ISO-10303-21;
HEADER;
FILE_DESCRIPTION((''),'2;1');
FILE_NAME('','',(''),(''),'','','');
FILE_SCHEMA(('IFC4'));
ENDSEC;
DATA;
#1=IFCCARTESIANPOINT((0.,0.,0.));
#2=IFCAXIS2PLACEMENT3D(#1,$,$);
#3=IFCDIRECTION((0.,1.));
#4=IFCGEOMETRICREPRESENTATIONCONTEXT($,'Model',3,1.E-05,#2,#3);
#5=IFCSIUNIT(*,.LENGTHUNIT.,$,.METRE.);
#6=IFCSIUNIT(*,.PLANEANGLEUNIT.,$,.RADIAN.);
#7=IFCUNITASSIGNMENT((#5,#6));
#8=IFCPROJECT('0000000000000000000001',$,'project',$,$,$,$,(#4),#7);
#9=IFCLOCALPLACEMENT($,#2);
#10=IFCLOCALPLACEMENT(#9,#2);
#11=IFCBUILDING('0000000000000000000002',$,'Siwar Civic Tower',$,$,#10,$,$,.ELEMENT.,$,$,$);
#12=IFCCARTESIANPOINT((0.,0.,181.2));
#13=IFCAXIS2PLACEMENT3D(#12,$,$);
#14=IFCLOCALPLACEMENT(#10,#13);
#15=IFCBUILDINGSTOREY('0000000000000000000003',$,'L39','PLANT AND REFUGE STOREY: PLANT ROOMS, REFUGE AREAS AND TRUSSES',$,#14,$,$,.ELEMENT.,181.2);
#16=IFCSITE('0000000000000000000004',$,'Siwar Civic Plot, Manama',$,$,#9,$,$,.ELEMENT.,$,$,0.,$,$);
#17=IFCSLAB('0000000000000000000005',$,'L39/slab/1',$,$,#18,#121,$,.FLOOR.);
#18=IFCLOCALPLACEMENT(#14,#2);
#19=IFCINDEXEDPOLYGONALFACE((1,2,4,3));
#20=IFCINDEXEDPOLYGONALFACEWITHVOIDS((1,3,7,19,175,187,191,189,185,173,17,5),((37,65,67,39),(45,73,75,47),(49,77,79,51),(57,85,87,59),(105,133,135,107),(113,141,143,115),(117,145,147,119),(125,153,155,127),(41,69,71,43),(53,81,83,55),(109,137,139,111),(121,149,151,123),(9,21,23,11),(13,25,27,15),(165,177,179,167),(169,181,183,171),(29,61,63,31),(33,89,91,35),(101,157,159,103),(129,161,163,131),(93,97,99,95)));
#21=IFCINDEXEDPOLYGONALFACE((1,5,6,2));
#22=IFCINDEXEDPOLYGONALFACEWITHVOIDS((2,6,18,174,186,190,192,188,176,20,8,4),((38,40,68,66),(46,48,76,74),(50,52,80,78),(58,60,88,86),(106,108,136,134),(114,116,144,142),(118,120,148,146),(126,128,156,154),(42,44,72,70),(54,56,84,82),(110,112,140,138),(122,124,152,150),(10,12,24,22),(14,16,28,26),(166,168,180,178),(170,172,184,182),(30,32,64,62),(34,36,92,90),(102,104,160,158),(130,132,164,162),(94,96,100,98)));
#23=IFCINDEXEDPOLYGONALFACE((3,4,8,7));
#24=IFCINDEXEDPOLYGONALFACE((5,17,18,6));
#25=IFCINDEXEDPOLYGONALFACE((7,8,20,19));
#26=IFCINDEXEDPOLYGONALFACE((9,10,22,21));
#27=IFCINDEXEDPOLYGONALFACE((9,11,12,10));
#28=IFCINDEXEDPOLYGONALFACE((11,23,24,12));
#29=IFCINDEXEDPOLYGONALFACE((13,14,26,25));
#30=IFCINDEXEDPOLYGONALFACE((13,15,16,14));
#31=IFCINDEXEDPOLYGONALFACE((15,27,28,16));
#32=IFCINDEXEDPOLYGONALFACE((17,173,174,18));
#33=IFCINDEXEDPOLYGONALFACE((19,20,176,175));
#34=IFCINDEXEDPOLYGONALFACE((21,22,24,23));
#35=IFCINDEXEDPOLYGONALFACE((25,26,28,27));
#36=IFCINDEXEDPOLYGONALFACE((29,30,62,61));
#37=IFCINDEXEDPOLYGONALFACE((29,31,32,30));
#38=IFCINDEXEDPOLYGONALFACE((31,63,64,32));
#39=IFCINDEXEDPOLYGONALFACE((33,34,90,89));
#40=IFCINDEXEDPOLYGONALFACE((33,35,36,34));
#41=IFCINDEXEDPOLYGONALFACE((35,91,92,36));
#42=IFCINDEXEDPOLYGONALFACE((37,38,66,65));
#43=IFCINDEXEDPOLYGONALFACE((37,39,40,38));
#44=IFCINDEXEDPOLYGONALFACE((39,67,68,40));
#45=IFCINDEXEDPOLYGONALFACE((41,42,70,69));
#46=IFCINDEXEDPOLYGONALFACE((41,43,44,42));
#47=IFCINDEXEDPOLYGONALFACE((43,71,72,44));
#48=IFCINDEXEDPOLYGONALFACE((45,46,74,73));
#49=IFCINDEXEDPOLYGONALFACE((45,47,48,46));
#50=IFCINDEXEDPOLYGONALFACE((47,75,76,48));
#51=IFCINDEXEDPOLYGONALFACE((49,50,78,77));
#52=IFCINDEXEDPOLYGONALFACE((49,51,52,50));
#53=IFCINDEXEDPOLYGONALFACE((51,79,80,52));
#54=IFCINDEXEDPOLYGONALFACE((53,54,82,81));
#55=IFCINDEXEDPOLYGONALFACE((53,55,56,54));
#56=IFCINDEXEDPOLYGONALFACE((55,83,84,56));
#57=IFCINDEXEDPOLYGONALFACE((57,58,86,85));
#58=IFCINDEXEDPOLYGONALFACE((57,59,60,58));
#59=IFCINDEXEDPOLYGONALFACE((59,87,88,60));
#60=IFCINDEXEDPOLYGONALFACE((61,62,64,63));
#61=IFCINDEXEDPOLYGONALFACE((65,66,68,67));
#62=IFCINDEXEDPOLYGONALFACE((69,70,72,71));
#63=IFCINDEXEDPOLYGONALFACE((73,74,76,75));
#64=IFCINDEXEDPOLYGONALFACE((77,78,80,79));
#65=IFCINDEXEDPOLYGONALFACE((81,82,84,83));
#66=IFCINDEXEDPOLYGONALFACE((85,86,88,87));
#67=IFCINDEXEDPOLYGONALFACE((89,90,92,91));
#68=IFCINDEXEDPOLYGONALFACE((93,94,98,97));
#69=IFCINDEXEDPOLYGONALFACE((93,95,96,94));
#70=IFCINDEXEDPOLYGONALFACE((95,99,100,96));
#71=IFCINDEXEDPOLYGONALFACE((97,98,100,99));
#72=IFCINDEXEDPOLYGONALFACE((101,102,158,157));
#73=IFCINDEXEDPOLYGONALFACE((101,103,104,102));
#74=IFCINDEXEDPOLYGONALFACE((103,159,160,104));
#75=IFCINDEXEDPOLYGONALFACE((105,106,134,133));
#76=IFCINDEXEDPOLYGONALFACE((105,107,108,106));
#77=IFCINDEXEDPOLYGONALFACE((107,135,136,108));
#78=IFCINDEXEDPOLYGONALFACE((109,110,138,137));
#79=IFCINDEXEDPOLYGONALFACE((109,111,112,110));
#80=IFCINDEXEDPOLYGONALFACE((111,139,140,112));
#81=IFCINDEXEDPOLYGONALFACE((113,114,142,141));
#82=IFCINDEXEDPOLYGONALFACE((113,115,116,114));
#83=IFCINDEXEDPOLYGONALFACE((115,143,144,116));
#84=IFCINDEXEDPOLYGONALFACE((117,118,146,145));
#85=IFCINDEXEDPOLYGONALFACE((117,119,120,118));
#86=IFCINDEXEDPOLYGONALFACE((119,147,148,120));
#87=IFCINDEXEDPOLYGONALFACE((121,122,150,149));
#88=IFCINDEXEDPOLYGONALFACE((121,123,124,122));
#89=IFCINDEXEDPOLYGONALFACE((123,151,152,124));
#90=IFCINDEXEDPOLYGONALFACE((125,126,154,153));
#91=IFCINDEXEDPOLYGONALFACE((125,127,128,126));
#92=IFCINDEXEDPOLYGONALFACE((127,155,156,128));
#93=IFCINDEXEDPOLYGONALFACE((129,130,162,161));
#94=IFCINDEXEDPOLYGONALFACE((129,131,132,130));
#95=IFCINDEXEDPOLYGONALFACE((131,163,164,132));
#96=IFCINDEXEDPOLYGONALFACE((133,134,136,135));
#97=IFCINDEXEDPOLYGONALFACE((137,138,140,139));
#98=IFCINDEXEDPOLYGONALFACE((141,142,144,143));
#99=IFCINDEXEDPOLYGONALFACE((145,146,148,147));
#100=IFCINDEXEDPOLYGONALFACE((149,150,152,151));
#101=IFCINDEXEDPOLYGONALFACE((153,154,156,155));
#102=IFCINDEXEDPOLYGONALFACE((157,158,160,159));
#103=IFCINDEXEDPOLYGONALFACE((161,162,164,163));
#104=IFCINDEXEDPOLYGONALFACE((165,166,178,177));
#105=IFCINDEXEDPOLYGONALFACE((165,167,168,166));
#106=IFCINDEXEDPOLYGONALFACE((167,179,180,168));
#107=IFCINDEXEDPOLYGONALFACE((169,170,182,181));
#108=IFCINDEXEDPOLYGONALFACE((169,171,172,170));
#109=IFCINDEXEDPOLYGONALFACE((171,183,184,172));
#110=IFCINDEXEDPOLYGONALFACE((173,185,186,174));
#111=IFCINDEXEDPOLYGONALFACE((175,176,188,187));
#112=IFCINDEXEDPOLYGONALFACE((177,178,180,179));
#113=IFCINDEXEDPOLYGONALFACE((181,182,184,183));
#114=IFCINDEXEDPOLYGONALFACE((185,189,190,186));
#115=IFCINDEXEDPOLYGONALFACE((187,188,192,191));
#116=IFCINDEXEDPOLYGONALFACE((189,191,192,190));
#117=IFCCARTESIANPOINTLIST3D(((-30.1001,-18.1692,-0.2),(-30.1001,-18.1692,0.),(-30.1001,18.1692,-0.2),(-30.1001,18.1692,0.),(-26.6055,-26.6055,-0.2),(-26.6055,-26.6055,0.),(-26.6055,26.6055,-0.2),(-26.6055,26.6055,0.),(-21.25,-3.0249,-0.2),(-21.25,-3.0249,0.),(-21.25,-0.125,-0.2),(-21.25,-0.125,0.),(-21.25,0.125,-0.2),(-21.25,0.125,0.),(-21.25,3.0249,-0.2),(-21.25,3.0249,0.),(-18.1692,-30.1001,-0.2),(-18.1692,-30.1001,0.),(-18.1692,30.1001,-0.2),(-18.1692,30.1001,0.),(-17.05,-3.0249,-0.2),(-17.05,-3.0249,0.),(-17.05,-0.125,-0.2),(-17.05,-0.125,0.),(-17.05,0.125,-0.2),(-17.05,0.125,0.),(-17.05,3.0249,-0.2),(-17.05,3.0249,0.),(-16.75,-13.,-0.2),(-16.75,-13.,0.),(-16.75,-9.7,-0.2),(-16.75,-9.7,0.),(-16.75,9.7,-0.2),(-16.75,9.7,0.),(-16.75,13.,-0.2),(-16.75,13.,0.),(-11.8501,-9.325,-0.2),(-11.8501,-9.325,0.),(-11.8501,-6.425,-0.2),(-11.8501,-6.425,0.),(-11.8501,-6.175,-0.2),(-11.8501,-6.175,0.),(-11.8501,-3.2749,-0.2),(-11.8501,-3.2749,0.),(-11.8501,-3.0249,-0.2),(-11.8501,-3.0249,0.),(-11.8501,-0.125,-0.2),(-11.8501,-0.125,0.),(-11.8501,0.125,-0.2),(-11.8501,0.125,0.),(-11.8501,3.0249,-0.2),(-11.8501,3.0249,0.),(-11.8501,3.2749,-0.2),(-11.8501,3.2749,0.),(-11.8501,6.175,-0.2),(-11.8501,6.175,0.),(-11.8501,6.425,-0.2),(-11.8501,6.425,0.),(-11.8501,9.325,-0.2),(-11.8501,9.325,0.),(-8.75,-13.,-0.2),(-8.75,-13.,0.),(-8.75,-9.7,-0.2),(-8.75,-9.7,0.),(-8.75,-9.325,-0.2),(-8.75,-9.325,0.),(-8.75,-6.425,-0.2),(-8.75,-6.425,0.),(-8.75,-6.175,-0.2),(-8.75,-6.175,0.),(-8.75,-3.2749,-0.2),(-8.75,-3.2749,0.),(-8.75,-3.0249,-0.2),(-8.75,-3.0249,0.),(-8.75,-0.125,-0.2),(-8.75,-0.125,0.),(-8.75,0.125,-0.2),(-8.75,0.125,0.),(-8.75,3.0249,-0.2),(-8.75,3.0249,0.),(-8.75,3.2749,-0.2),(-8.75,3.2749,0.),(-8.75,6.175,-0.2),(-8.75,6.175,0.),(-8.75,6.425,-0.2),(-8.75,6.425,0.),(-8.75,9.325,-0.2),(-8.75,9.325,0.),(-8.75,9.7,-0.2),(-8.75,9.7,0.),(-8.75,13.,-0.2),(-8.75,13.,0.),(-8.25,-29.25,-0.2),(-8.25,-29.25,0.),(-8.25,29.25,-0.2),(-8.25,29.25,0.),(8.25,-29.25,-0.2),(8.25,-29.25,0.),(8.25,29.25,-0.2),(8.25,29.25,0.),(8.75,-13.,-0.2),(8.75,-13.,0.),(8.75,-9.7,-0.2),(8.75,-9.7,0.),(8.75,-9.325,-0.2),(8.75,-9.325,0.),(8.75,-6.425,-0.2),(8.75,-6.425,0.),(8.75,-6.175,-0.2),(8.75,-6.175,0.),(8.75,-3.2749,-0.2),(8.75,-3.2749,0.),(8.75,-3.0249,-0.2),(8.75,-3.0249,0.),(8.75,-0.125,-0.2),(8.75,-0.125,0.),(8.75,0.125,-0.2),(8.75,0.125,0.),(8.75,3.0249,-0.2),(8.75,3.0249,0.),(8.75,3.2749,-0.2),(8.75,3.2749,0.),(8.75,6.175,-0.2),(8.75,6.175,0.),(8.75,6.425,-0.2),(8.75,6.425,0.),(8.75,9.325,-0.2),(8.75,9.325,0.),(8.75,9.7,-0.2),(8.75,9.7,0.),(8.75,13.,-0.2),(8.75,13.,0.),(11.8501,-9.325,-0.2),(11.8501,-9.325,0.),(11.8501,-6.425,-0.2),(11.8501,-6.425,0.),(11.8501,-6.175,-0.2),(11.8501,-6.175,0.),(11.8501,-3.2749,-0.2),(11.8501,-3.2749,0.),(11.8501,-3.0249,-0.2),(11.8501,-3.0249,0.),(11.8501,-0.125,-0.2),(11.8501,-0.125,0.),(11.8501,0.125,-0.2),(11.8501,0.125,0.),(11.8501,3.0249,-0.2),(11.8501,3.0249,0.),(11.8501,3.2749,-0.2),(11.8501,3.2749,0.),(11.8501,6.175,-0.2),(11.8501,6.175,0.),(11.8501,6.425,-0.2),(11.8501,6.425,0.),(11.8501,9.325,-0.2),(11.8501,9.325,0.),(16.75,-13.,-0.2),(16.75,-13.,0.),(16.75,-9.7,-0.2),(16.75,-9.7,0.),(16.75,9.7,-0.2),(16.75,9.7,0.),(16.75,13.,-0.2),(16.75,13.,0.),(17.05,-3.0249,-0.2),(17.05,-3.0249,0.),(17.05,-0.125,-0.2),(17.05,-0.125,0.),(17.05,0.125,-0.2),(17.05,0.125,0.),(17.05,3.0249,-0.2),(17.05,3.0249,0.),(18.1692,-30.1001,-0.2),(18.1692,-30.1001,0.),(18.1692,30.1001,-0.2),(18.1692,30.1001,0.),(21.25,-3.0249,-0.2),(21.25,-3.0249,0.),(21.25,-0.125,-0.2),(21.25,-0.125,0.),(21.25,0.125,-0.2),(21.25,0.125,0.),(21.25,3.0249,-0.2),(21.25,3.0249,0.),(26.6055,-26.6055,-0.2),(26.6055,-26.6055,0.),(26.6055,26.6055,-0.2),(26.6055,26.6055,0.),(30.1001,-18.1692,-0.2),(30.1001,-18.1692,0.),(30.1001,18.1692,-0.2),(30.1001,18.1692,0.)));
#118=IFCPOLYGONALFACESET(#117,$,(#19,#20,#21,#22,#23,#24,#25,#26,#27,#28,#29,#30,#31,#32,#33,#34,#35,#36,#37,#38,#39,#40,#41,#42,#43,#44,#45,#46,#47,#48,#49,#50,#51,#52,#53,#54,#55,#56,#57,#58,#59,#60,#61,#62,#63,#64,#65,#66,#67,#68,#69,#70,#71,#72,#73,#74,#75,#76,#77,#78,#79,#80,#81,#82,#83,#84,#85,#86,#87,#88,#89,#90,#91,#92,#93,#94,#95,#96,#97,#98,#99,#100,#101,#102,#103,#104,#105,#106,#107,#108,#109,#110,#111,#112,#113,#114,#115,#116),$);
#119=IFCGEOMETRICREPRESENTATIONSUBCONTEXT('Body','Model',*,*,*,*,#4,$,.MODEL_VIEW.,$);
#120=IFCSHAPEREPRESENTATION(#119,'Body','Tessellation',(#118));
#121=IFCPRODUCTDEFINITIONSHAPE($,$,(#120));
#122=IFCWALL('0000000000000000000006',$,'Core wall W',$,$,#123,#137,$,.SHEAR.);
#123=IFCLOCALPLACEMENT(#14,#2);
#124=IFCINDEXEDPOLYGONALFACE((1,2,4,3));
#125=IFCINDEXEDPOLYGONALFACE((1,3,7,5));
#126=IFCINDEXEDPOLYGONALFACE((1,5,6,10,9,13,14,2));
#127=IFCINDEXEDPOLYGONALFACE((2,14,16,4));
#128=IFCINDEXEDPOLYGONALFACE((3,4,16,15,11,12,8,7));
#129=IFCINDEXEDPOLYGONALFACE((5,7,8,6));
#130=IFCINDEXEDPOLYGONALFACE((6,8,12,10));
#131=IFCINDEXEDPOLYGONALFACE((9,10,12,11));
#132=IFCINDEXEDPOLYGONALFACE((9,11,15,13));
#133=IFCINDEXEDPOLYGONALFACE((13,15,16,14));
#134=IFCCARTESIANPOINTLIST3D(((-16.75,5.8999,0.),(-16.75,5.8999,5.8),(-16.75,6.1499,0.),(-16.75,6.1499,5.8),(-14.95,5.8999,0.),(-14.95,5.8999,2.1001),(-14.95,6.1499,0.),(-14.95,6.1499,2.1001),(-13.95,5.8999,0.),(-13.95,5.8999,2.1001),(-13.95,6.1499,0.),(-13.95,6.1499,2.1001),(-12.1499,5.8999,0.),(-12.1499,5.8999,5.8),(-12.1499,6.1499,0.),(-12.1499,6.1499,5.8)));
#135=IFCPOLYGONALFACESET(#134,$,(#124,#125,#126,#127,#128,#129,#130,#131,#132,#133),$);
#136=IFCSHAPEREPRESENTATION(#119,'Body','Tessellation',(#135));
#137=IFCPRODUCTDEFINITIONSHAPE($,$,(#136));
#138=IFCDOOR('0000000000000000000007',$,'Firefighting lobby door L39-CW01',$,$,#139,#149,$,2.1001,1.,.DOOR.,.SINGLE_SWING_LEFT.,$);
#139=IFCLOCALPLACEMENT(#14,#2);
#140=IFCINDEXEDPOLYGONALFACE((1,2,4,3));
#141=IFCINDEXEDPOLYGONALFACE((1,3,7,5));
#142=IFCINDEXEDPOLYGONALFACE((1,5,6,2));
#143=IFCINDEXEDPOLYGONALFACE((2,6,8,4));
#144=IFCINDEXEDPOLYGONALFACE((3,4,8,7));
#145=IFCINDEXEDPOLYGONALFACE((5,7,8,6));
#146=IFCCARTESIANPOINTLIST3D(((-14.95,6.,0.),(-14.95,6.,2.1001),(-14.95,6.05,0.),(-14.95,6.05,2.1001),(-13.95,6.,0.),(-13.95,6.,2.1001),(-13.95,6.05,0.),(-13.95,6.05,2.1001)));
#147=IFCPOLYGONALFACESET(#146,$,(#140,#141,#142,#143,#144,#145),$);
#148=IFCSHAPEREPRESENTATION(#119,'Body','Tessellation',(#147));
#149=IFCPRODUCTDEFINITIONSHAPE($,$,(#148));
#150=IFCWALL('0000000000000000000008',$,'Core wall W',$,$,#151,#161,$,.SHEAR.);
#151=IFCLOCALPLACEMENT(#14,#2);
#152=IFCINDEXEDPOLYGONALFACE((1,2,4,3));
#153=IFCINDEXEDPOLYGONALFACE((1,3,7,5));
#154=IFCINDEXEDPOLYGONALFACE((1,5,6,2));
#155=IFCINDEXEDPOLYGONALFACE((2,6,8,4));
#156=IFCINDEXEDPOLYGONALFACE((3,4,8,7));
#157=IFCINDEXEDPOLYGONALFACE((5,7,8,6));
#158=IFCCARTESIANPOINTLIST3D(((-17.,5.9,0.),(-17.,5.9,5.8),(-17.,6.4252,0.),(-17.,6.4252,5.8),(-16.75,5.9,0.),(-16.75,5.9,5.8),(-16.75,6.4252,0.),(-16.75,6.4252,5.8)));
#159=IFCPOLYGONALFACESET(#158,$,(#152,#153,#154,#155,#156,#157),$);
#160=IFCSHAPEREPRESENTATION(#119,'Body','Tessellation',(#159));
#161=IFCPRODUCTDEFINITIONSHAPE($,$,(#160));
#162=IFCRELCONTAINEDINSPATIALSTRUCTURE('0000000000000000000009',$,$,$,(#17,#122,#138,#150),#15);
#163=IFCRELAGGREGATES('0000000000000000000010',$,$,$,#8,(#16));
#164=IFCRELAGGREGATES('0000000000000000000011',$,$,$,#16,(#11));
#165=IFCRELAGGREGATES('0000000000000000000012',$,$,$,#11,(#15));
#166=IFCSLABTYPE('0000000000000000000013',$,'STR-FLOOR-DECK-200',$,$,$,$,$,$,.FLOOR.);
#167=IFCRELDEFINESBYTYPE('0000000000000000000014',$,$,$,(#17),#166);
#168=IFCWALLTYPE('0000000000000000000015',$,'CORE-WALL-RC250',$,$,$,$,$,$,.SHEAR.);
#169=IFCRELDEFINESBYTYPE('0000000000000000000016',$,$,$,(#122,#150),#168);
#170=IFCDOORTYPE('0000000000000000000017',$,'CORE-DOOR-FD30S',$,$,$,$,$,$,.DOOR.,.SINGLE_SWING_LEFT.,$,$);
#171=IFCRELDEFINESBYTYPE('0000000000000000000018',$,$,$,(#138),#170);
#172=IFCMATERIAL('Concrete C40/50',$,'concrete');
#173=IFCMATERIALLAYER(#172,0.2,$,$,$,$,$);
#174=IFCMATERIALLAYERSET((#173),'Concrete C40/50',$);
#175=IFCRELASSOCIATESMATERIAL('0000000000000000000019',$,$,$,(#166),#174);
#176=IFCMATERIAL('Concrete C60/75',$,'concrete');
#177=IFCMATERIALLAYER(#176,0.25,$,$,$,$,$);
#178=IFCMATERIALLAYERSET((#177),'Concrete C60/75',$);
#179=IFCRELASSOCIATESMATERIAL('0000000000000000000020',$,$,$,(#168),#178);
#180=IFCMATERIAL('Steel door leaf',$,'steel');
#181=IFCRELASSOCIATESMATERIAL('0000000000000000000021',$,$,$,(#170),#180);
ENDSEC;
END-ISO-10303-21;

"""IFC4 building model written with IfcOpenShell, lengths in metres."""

from ifc_helpers import new_model, si_unit, direction, frame, frame_2d, origin, place, context, subcontext, project, spatial, polyline, rectangle, outline, extrude, material, layer, layer_set, type_object, element, fill, save


model = new_model("IFC4")

# Units and contexts
model_context = context("Model", 3, precision=1e-05, world=origin(), true_north=direction((0.0, 1.0)))
body_context = subcontext(model_context, "Body", "Model", "MODEL_VIEW")
ifc_project = project(units=[si_unit("LENGTHUNIT", "METRE"), si_unit("PLANEANGLEUNIT", "RADIAN")], contexts=[model_context])

# Site, building, storey
site_placement = place(None, origin())
site = spatial("IfcSite", under=ifc_project, at=site_placement, Name="Siwar Civic Plot, Manama", CompositionType="ELEMENT", RefElevation=0.0)
building_placement = place(site_placement, origin())
building = spatial("IfcBuilding", under=site, at=building_placement, Name="Siwar Civic Tower", CompositionType="ELEMENT")
storey_placement = place(building_placement, frame((0.0, 0.0, 181.2)))
storey = spatial("IfcBuildingStorey", under=building, at=storey_placement, Name="L39", Description="PLANT AND REFUGE STOREY: PLANT ROOMS, REFUGE AREAS AND TRUSSES", CompositionType="ELEMENT", Elevation=181.2)

# Slab
ifc_material_1 = material(Name="Concrete C40/50", Category="concrete")
ifc_layer_1 = layer(ifc_material_1, 0.2)
ifc_layer_set_1 = layer_set([ifc_layer_1], Name="Concrete C40/50")
slab_type = type_object("IfcSlabType", Name="STR-FLOOR-DECK-200", PredefinedType="FLOOR", material=ifc_layer_set_1)
slab_placement = place(storey_placement, frame((0.0, 0.0, -0.2)))
element("IfcSlab", 1, at=slab_placement, inside=storey, type_object=slab_type, Name="L39/slab/1", PredefinedType="FLOOR", context=body_context, shape_type="SweptSolid", body=[
    extrude(outline(polyline([(-18.1692, -30.1001), (18.1692, -30.1001), (26.6055, -26.6055), (30.1001, -18.1692), (30.1001, 18.1692), (26.6055, 26.6055), (18.1692, 30.1001), (-18.1692, 30.1001), (-26.6055, 26.6055), (-30.1001, 18.1692), (-30.1001, -18.1692), (-26.6055, -26.6055), (-18.1692, -30.1001)]), holes=[polyline([(21.25, 3.0249), (21.25, 0.125), (17.05, 0.125), (17.05, 3.0249), (21.25, 3.0249)]), polyline([(17.05, -0.125), (21.25, -0.125), (21.25, -3.0249), (17.05, -3.0249), (17.05, -0.125)]), polyline([(16.75, 13.0), (16.75, 9.7), (8.75, 9.7), (8.75, 13.0), (16.75, 13.0)]), polyline([(8.75, -9.7), (16.75, -9.7), (16.75, -13.0), (8.75, -13.0), (8.75, -9.7)]), polyline([(11.8501, 9.325), (11.8501, 6.425), (8.75, 6.425), (8.75, 9.325), (11.8501, 9.325)]), polyline([(11.8501, 3.0249), (11.8501, 0.125), (8.75, 0.125), (8.75, 3.0249), (11.8501, 3.0249)]), polyline([(11.8501, -0.125), (11.8501, -3.0249), (8.75, -3.0249), (8.75, -0.125), (11.8501, -0.125)]), polyline([(11.8501, -3.2749), (11.8501, -6.175), (8.75, -6.175), (8.75, -3.2749), (11.8501, -3.2749)]), polyline([(8.75, 6.175), (11.8501, 6.175), (11.8501, 3.2749), (8.75, 3.2749), (8.75, 6.175)]), polyline([(8.75, -6.425), (11.8501, -6.425), (11.8501, -9.325), (8.75, -9.325), (8.75, -6.425)]), polyline([(8.25, -29.25), (-8.25, -29.25), (-8.25, 29.25), (8.25, 29.25), (8.25, -29.25)]), polyline([(-8.75, 9.7), (-16.75, 9.7), (-16.75, 13.0), (-8.75, 13.0), (-8.75, 9.7)]), polyline([(-8.75, 0.125), (-11.8501, 0.125), (-11.8501, 3.0249), (-8.75, 3.0249), (-8.75, 0.125)]), polyline([(-8.75, -6.175), (-11.8501, -6.175), (-11.8501, -3.2749), (-8.75, -3.2749), (-8.75, -6.175)]), polyline([(-8.75, -9.325), (-11.8501, -9.325), (-11.8501, -6.425), (-8.75, -6.425), (-8.75, -9.325)]), polyline([(-8.75, -13.0), (-16.75, -13.0), (-16.75, -9.7), (-8.75, -9.7), (-8.75, -13.0)]), polyline([(-11.8501, 6.425), (-11.8501, 9.325), (-8.75, 9.325), (-8.75, 6.425), (-11.8501, 6.425)]), polyline([(-11.8501, 3.2749), (-11.8501, 6.175), (-8.75, 6.175), (-8.75, 3.2749), (-11.8501, 3.2749)]), polyline([(-11.8501, -3.0249), (-11.8501, -0.125), (-8.75, -0.125), (-8.75, -3.0249), (-11.8501, -3.0249)]), polyline([(-21.25, -3.0249), (-21.25, -0.125), (-17.05, -0.125), (-17.05, -3.0249), (-21.25, -3.0249)]), polyline([(-17.05, 0.125), (-21.25, 0.125), (-21.25, 3.0249), (-17.05, 3.0249), (-17.05, 0.125)])]), origin(), (0.0, 0.0, 1.0), 0.2),
])

# Wall, opening, door
ifc_material_2 = material(Name="Concrete C60/75", Category="concrete")
ifc_layer_2 = layer(ifc_material_2, 0.25)
ifc_layer_set_2 = layer_set([ifc_layer_2], Name="Concrete C60/75")
wall_type_1 = type_object("IfcWallType", Name="CORE-WALL-RC250", PredefinedType="SHEAR", material=ifc_layer_set_2)
wall_1_placement = place(storey_placement, frame((-12.1499, 6.0249, 0.0), z_axis=(0.0, 0.0, 1.0), x_axis=(-1.0, 0.0, 0.0)))
wall_1 = element("IfcWall", 2, at=wall_1_placement, inside=storey, type_object=wall_type_1, Name="Core wall W", PredefinedType="SHEAR", context=body_context, shape_type="SweptSolid", body=[
    extrude(rectangle(XDim=4.6001, YDim=0.25, at=frame_2d((2.3, 0.0))), origin(), (0.0, 0.0, 1.0), 5.8),
])
opening_1_placement = place(wall_1_placement, frame((1.8, 0.0, 0.0)))
opening_1 = element("IfcOpeningElement", 3, at=opening_1_placement, cuts=wall_1, PredefinedType="OPENING", context=body_context, shape_type="SweptSolid", body=[
    extrude(rectangle(XDim=1.0, YDim=2.1001, at=frame_2d((0.5, 1.05))), frame((0.0, 0.135, 0.0), z_axis=(0.0, -1.0, 0.0), x_axis=(1.0, 0.0, 0.0)), (0.0, 0.0, 1.0), 0.27),
])
ifc_material_3 = material(Name="Steel door leaf", Category="steel")
door_type_1 = type_object("IfcDoorType", Name="CORE-DOOR-FD30S", OperationType="SINGLE_SWING_LEFT", PredefinedType="DOOR", material=ifc_material_3)
door_1_placement = place(opening_1_placement, origin())
door_1 = element("IfcDoor", 4, at=door_1_placement, inside=storey, type_object=door_type_1, Name="Firefighting lobby door L39-CW01", OperationType="SINGLE_SWING_LEFT", OverallHeight=2.1001, OverallWidth=1.0, PredefinedType="DOOR", context=body_context, shape_type="SweptSolid", body=[
    extrude(rectangle(XDim=1.0, YDim=2.1001, at=frame_2d((0.5, 1.05))), frame((0.0, 0.0249, 0.0), z_axis=(0.0, -1.0, 0.0), x_axis=(1.0, 0.0, 0.0)), (0.0, 0.0, 1.0), 0.05),
])
fill(opening_1, door_1)

# Wall
wall_2_placement = place(storey_placement, frame((-16.875, 5.8999, 0.0), z_axis=(0.0, 0.0, 1.0), x_axis=(0.0, 1.0, 0.0)))
element("IfcWall", 5, at=wall_2_placement, inside=storey, type_object=wall_type_1, Name="Core wall W", PredefinedType="SHEAR", context=body_context, shape_type="SweptSolid", body=[
    extrude(rectangle(XDim=0.5251, YDim=0.25, at=frame_2d((0.2627, 0.0))), origin(), (0.0, 0.0, 1.0), 5.8),
])

save(model, "model.ifc")
